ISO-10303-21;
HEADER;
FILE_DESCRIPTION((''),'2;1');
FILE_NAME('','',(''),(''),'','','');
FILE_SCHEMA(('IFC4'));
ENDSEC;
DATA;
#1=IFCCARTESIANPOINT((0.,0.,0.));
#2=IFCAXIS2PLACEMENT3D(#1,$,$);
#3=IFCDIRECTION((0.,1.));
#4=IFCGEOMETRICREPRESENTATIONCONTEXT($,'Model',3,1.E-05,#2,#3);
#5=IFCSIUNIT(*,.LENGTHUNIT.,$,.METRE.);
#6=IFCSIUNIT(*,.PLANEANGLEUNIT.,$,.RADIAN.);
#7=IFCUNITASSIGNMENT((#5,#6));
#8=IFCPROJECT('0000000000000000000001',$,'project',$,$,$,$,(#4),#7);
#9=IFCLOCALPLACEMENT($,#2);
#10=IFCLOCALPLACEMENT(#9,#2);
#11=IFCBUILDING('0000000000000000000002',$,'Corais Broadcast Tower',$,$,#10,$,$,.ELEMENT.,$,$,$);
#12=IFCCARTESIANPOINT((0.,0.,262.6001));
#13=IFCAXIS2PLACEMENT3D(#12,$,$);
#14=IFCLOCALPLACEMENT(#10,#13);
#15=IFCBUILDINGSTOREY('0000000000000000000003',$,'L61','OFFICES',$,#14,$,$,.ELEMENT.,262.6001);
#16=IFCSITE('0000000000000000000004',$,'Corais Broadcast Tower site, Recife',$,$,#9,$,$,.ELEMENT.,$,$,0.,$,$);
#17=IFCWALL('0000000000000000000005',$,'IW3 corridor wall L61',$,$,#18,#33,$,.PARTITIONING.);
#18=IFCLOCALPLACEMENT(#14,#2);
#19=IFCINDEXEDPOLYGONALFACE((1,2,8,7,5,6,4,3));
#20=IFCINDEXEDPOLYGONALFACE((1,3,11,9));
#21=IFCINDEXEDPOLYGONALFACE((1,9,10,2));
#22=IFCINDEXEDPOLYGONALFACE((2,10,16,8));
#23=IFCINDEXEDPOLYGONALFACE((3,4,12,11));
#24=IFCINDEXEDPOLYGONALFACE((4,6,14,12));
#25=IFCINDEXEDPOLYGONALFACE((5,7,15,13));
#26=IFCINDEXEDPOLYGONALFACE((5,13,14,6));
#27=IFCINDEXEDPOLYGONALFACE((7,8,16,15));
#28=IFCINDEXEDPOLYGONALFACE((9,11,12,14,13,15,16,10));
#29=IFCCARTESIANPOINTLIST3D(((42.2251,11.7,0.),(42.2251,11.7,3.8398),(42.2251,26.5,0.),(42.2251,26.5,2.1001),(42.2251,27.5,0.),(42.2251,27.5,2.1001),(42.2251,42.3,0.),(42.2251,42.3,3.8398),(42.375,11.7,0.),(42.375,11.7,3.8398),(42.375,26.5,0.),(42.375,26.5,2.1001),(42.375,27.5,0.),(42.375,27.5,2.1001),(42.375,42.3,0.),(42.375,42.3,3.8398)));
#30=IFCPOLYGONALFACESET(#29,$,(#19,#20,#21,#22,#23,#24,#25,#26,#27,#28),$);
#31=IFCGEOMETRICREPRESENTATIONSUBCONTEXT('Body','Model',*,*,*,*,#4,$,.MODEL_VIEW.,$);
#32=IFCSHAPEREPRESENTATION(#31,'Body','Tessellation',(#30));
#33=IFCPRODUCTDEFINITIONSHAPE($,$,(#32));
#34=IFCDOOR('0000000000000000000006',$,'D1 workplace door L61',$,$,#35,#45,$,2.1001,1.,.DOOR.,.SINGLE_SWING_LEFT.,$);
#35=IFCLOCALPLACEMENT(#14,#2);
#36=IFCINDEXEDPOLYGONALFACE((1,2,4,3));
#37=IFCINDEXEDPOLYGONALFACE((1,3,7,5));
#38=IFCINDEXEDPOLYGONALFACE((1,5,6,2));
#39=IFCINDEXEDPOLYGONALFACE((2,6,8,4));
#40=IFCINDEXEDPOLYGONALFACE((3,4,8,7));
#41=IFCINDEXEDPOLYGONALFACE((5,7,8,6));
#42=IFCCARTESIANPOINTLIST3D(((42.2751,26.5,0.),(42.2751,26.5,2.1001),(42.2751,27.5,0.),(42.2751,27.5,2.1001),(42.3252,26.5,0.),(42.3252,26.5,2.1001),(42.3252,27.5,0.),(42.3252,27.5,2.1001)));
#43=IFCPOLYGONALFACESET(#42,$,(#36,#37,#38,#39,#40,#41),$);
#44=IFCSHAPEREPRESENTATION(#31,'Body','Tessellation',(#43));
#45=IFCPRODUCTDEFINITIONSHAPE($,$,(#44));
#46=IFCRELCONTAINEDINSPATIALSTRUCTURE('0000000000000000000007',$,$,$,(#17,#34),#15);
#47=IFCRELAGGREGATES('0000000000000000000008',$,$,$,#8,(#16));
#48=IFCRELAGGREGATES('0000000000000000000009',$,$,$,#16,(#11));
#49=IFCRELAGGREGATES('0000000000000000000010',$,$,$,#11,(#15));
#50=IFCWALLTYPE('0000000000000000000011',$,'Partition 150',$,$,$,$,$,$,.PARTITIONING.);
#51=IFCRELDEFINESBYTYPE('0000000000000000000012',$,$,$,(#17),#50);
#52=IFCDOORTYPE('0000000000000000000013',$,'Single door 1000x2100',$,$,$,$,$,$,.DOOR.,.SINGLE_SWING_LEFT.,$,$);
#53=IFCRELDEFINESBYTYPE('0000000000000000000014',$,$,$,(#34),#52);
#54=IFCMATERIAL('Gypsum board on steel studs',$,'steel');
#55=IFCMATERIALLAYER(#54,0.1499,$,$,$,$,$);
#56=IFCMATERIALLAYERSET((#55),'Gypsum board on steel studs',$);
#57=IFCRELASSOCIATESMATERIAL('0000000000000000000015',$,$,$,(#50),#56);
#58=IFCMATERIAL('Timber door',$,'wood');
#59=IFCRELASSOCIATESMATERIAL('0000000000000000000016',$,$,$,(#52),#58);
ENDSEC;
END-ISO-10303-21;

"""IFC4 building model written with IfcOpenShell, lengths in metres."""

from ifc_helpers import new_model, si_unit, direction, frame, frame_2d, origin, place, context, subcontext, project, spatial, rectangle, extrude, material, layer, layer_set, type_object, element, fill, save


model = new_model("IFC4")

# Units and contexts
model_context = context("Model", 3, precision=1e-05, world=origin(), true_north=direction((0.0, 1.0)))
body_context = subcontext(model_context, "Body", "Model", "MODEL_VIEW")
ifc_project = project(units=[si_unit("LENGTHUNIT", "METRE"), si_unit("PLANEANGLEUNIT", "RADIAN")], contexts=[model_context])

# Site, building, storey
site_placement = place(None, origin())
site = spatial("IfcSite", under=ifc_project, at=site_placement, Name="Corais Broadcast Tower site, Recife", CompositionType="ELEMENT", RefElevation=0.0)
building_placement = place(site_placement, origin())
building = spatial("IfcBuilding", under=site, at=building_placement, Name="Corais Broadcast Tower", CompositionType="ELEMENT")
storey_placement = place(building_placement, frame((0.0, 0.0, 262.6001)))
storey = spatial("IfcBuildingStorey", under=building, at=storey_placement, Name="L61", Description="OFFICES", CompositionType="ELEMENT", Elevation=262.6001)

# Wall, opening, door
ifc_material_1 = material(Name="Gypsum board on steel studs", Category="steel")
ifc_layer_1 = layer(ifc_material_1, 0.1499)
ifc_layer_set_1 = layer_set([ifc_layer_1], Name="Gypsum board on steel studs")
wall_type = type_object("IfcWallType", Name="Partition 150", PredefinedType="PARTITIONING", material=ifc_layer_set_1)
wall_placement = place(storey_placement, frame((42.3, 11.7, 0.0), z_axis=(0.0, 0.0, 1.0), x_axis=(0.0, 1.0, 0.0)))
wall = element("IfcWall", 1, at=wall_placement, inside=storey, type_object=wall_type, Name="IW3 corridor wall L61", PredefinedType="PARTITIONING", context=body_context, shape_type="SweptSolid", body=[
    extrude(rectangle(XDim=30.6001, YDim=0.1499, at=frame_2d((15.3, 0.0))), origin(), (0.0, 0.0, 1.0), 3.8398),
])
opening_placement = place(wall_placement, frame((14.8, 0.0, 0.0)))
opening = element("IfcOpeningElement", 2, at=opening_placement, cuts=wall, PredefinedType="OPENING", context=body_context, shape_type="SweptSolid", body=[
    extrude(rectangle(XDim=1.0, YDim=2.1001, at=frame_2d((0.5, 1.05))), frame((0.0, 0.085, 0.0), z_axis=(0.0, -1.0, 0.0), x_axis=(1.0, 0.0, 0.0)), (0.0, 0.0, 1.0), 0.1699),
])
ifc_material_2 = material(Name="Timber door", Category="wood")
door_type = type_object("IfcDoorType", Name="Single door 1000x2100", OperationType="SINGLE_SWING_LEFT", PredefinedType="DOOR", material=ifc_material_2)
door_placement = place(opening_placement, origin())
door = element("IfcDoor", 3, at=door_placement, inside=storey, type_object=door_type, Name="D1 workplace door L61", OperationType="SINGLE_SWING_LEFT", OverallHeight=2.1001, OverallWidth=1.0, PredefinedType="DOOR", context=body_context, shape_type="SweptSolid", body=[
    extrude(rectangle(XDim=1.0, YDim=2.1001, at=frame_2d((0.5, 1.05))), frame((0.0, 0.0249, 0.0), z_axis=(0.0, -1.0, 0.0), x_axis=(1.0, 0.0, 0.0)), (0.0, 0.0, 1.0), 0.05),
])
fill(opening, door)

save(model, "model.ifc")
